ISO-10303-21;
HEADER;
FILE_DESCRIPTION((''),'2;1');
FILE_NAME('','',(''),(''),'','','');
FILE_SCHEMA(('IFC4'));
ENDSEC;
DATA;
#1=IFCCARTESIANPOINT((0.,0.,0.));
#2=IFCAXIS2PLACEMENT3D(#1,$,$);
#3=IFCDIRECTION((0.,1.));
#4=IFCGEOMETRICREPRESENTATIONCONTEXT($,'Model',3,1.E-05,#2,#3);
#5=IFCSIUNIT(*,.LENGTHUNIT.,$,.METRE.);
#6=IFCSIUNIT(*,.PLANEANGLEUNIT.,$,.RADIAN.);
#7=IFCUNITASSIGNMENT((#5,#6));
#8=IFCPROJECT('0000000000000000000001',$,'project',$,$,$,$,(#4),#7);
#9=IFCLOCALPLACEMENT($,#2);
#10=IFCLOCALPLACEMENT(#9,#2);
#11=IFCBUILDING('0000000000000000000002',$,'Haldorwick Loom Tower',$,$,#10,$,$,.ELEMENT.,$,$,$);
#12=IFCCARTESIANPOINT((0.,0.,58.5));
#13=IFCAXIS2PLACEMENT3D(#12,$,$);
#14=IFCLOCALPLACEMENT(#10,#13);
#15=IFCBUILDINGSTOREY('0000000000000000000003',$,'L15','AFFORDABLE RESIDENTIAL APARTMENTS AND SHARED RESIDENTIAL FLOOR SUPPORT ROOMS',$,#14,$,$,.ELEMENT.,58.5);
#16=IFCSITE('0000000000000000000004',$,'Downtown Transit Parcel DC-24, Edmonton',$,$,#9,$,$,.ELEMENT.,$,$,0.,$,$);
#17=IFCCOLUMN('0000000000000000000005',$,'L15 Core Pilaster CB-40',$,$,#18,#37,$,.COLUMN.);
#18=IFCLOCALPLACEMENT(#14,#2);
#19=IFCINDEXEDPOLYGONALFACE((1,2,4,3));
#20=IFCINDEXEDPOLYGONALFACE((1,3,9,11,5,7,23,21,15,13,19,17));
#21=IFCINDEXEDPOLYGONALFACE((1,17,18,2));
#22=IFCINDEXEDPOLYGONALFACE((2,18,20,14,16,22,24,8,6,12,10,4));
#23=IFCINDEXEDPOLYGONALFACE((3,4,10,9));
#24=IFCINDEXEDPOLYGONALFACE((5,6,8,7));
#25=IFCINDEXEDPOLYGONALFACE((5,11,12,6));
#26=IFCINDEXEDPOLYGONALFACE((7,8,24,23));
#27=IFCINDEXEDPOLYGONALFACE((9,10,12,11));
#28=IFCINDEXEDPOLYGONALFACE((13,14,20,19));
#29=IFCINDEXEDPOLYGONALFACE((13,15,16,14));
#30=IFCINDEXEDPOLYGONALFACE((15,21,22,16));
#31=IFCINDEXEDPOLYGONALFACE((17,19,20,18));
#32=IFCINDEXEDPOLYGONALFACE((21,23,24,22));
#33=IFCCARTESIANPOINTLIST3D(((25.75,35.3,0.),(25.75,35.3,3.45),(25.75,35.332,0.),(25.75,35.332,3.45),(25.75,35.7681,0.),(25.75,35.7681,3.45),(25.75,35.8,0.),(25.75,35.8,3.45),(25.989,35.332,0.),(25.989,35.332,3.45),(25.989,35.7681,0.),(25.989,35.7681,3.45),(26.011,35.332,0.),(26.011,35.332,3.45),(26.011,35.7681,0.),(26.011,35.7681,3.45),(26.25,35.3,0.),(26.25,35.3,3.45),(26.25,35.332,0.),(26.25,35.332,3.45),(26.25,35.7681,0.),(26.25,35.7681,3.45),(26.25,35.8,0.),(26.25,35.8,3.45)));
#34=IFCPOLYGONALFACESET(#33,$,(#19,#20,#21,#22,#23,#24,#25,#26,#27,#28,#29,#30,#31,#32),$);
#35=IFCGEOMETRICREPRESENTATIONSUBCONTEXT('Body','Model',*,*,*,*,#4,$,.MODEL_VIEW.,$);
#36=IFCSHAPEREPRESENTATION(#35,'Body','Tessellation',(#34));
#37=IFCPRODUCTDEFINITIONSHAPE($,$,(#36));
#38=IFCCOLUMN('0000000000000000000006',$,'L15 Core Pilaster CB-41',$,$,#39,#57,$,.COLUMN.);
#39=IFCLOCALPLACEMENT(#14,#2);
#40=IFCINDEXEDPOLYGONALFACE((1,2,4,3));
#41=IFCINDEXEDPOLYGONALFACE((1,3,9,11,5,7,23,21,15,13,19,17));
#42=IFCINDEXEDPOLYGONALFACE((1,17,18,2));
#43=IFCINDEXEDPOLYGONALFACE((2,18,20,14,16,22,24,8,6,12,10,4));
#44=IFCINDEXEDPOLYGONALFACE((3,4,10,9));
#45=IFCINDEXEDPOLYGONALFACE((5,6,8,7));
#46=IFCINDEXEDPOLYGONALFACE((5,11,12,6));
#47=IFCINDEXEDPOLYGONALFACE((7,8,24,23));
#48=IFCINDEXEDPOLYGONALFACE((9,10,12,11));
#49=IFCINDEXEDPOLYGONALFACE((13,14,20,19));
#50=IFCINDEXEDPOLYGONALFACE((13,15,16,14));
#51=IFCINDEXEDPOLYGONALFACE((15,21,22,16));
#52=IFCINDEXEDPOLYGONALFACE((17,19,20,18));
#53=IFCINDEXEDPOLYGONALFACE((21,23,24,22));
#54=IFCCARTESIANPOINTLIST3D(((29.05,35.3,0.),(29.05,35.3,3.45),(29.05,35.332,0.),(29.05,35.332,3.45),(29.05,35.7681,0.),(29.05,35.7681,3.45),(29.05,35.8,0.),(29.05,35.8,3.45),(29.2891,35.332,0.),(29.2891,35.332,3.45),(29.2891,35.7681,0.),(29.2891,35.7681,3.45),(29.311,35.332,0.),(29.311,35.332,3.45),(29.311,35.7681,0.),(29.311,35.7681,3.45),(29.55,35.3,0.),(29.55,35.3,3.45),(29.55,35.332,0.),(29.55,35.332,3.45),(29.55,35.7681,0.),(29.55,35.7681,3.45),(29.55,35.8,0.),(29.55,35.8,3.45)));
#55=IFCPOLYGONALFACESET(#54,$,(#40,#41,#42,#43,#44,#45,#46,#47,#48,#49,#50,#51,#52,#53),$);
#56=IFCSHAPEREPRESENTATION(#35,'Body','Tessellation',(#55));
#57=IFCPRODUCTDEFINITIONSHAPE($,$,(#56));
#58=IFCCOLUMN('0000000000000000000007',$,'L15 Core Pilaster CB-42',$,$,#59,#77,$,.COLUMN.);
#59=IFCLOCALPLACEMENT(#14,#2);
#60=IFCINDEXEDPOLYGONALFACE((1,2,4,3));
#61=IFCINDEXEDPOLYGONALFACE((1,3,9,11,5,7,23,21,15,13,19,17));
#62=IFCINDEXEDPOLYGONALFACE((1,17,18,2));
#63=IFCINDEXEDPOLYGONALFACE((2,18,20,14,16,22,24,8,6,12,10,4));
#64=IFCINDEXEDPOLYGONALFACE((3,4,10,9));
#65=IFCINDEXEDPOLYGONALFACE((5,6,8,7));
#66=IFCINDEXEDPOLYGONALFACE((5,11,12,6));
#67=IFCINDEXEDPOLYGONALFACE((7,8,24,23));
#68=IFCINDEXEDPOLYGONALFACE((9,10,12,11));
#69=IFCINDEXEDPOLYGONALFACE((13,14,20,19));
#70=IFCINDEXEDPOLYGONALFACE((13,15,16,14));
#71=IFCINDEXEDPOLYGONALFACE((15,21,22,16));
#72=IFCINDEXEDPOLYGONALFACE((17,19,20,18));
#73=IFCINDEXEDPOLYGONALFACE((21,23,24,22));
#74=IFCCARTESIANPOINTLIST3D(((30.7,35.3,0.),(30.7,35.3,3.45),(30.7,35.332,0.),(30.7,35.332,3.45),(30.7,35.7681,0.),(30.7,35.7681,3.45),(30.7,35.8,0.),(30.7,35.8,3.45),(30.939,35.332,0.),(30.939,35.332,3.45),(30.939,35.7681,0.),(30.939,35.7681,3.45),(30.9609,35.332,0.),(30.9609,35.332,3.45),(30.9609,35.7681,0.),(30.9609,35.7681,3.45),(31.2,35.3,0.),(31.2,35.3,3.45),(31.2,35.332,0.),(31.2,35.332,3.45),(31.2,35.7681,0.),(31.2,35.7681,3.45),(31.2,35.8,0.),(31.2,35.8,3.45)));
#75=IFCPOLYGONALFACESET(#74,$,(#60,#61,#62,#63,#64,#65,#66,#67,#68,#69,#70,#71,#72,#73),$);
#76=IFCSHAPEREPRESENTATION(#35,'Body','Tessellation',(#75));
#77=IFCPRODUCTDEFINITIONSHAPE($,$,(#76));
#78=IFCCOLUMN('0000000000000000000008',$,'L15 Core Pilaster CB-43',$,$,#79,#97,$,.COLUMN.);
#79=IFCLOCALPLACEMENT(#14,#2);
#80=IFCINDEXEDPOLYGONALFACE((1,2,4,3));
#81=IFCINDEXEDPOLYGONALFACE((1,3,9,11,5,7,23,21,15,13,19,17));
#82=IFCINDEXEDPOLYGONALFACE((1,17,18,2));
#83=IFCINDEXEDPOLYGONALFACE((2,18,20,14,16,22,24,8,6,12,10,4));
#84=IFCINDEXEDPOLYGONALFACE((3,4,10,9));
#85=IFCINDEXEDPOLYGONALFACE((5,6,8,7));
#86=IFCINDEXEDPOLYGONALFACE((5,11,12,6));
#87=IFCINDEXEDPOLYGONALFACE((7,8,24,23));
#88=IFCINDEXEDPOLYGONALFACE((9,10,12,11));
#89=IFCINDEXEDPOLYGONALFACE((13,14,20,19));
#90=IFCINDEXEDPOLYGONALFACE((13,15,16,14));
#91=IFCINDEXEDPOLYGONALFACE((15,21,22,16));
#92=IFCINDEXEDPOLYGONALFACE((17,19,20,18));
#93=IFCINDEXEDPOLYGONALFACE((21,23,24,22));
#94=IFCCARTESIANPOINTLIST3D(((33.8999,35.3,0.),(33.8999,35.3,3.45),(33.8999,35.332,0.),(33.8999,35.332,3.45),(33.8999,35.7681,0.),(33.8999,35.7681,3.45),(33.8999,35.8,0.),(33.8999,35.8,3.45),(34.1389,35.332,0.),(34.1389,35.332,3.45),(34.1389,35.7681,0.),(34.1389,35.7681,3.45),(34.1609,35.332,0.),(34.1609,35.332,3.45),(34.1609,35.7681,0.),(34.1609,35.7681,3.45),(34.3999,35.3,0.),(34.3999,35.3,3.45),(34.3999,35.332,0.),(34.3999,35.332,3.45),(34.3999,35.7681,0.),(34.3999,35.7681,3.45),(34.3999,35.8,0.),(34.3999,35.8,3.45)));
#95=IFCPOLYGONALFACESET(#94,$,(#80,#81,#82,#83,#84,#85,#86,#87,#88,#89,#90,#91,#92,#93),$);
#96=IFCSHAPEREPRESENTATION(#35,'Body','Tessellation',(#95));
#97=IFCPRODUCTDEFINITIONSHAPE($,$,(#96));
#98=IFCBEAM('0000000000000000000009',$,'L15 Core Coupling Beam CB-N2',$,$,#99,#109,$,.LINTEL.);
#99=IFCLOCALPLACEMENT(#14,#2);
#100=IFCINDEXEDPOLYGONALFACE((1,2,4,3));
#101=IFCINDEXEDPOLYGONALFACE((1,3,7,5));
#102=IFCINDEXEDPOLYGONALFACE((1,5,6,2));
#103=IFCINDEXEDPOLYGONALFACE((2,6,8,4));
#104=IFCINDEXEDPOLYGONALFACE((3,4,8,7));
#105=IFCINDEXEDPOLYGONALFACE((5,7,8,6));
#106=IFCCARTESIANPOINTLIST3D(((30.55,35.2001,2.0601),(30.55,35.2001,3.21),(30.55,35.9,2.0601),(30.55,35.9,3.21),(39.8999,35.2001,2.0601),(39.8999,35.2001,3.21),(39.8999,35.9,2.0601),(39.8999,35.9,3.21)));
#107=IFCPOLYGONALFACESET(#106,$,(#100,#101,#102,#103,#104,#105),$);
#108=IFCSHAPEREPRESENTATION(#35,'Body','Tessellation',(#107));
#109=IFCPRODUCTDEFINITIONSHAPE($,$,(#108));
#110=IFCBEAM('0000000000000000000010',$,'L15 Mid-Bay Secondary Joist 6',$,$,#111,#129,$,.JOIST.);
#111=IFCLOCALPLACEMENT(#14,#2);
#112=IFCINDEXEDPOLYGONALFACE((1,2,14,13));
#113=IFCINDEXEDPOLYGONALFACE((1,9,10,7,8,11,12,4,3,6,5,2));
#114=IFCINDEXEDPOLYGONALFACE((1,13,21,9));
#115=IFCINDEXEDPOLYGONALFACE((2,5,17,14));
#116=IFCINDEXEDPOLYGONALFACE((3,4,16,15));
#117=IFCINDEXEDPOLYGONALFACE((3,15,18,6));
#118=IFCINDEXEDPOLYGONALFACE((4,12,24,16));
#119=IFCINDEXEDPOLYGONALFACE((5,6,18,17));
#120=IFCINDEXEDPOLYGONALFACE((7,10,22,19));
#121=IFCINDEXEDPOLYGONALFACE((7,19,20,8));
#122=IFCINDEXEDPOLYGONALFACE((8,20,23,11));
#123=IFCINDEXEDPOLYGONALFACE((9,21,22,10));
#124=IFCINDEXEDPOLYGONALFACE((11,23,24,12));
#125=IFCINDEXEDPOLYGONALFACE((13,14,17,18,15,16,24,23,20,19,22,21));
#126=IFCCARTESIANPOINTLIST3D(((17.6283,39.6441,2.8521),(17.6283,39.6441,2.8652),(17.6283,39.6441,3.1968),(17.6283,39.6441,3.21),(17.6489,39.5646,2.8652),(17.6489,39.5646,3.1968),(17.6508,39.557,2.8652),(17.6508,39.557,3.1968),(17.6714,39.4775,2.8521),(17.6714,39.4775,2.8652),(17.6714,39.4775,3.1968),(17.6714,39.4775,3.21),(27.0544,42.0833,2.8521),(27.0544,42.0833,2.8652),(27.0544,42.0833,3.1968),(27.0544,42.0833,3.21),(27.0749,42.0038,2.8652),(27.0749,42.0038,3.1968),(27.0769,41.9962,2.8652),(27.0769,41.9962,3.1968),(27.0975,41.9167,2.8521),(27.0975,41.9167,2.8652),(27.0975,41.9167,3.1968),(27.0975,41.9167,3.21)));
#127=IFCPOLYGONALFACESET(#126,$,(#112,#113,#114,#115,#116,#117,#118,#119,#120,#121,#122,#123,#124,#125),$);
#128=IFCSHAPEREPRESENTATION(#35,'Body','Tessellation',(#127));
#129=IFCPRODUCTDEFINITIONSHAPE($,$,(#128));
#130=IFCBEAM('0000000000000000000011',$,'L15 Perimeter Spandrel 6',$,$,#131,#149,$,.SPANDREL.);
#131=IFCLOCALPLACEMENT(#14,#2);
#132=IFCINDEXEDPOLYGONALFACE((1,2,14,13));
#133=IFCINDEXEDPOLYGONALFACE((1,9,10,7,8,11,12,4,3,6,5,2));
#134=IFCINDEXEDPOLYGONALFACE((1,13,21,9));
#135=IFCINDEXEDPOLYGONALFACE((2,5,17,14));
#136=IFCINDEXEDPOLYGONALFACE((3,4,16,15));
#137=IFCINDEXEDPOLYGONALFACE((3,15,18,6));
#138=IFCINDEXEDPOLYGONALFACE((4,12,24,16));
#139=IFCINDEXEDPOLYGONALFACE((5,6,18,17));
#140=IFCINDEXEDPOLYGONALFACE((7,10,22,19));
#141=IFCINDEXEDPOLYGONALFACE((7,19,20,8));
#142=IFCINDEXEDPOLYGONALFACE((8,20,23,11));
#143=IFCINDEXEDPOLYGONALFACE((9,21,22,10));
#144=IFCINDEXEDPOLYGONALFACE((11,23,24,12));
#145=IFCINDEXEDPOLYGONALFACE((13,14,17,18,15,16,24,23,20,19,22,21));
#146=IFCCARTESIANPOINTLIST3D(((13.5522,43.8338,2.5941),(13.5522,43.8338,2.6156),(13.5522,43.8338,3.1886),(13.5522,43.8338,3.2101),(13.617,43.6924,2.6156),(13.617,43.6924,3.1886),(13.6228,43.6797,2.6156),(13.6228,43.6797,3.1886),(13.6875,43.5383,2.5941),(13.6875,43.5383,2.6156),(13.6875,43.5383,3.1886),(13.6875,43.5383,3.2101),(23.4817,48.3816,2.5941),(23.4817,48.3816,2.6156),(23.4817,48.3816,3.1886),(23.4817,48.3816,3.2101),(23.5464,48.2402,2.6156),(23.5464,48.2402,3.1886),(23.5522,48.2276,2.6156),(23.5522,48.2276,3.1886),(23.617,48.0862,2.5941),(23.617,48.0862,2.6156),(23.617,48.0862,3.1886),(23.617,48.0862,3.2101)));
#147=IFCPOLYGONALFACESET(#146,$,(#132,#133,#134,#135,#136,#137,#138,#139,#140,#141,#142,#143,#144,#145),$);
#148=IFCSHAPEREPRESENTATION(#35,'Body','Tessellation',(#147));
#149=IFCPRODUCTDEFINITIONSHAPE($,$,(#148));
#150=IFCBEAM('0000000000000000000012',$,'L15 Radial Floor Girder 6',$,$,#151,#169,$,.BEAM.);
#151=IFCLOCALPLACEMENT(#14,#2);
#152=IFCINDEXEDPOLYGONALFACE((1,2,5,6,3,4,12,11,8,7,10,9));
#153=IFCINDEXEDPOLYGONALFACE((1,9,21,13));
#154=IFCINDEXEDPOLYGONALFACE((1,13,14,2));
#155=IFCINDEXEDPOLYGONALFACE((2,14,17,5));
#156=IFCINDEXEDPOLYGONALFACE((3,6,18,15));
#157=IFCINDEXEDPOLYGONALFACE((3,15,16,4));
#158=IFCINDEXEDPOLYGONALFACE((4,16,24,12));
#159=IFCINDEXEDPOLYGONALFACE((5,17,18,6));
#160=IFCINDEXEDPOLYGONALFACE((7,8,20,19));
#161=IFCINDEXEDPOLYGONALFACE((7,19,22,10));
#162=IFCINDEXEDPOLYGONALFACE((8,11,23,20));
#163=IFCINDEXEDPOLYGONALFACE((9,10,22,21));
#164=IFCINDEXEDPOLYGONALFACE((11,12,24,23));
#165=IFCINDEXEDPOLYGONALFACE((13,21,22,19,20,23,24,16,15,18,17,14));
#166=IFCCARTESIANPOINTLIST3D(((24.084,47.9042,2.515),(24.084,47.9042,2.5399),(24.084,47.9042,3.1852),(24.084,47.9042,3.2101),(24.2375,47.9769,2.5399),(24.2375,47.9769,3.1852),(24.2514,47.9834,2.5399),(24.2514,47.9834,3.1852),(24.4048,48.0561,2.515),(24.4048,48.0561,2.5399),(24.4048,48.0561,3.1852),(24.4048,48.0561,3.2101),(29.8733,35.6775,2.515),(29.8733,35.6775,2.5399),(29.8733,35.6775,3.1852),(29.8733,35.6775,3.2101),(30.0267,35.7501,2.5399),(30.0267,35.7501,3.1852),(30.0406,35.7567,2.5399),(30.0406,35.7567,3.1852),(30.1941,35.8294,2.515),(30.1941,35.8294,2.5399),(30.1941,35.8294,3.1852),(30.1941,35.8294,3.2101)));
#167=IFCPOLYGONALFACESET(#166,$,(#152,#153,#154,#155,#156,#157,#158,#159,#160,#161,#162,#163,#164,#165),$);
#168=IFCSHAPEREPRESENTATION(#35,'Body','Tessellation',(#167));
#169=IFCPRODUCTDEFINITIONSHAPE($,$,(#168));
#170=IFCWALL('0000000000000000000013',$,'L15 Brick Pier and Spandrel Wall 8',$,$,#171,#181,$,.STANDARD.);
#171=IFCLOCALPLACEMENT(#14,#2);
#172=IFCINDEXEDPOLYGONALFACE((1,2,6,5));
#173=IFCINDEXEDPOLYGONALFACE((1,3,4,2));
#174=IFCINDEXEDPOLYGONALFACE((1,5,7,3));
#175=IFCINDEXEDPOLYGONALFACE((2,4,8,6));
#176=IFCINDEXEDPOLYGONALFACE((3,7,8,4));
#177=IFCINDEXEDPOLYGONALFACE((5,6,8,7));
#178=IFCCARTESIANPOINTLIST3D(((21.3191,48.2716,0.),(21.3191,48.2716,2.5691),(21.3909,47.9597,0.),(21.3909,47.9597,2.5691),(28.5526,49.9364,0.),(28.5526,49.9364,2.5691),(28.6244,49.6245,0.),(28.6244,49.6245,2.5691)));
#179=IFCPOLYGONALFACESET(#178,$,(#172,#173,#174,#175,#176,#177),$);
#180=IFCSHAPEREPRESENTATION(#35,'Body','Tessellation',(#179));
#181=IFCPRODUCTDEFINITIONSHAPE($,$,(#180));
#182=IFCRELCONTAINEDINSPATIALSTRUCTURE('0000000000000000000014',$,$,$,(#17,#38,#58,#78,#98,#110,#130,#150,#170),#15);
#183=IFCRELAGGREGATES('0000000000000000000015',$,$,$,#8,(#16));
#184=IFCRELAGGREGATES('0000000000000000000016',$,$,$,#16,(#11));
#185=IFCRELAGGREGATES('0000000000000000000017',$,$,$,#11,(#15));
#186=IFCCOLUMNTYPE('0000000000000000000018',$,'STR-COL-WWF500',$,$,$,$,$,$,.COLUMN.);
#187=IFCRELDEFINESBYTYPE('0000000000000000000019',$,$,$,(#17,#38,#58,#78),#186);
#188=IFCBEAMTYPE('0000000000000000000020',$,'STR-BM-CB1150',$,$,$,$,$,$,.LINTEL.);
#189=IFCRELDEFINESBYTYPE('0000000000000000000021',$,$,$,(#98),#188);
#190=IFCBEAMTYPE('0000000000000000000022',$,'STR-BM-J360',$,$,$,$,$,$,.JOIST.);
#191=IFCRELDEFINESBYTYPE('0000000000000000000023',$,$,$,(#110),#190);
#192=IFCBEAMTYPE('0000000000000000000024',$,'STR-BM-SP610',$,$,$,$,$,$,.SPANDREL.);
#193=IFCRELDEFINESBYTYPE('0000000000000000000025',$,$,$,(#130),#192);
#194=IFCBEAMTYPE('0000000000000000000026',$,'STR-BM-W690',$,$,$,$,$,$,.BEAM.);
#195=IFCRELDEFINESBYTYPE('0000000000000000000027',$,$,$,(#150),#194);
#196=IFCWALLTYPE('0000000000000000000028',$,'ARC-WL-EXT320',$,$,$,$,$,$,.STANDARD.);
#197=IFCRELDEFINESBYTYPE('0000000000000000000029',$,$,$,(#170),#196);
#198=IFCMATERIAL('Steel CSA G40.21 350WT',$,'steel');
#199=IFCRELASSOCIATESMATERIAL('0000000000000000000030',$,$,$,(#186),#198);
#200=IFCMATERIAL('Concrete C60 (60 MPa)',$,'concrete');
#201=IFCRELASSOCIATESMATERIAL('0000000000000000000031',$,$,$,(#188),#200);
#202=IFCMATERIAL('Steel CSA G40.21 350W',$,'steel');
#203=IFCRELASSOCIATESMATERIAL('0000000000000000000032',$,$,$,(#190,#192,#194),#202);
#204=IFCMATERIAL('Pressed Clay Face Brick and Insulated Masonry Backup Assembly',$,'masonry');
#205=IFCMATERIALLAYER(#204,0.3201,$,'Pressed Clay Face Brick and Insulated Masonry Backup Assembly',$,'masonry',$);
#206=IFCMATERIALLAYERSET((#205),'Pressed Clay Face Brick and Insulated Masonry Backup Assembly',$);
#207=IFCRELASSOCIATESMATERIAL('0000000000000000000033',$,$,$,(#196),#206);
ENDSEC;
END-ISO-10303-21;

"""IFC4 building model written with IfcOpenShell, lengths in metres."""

from ifc_helpers import new_model, si_unit, direction, frame, frame_2d, origin, origin_2d, place, context, subcontext, project, spatial, rectangle, i_section, extrude, material, layer, layer_set, material_profile, profile_set, type_object, element, save


model = new_model("IFC4")

# Units and contexts
model_context = context("Model", 3, precision=1e-05, world=origin(), true_north=direction((0.0, 1.0)))
body_context = subcontext(model_context, "Body", "Model", "MODEL_VIEW")
ifc_project = project(units=[si_unit("LENGTHUNIT", "METRE"), si_unit("PLANEANGLEUNIT", "RADIAN")], contexts=[model_context])

# Site, building, storey
site_placement = place(None, origin())
site = spatial("IfcSite", under=ifc_project, at=site_placement, Name="Downtown Transit Parcel DC-24, Edmonton", CompositionType="ELEMENT", RefElevation=0.0)
building_placement = place(site_placement, origin())
building = spatial("IfcBuilding", under=site, at=building_placement, Name="Haldorwick Loom Tower", CompositionType="ELEMENT")
storey_placement = place(building_placement, frame((0.0, 0.0, 58.5)))
storey = spatial("IfcBuildingStorey", under=building, at=storey_placement, Name="L15", Description="AFFORDABLE RESIDENTIAL APARTMENTS AND SHARED RESIDENTIAL FLOOR SUPPORT ROOMS", CompositionType="ELEMENT", Elevation=58.5)

# Columns
ifc_material_1 = material(Name="Concrete C60 (60 MPa)", Category="concrete")
ifc_material_2 = material(Name="Steel CSA G40.21 350WT", Category="steel")
ifc_material_profile_1 = material_profile(ifc_material_2, i_section(OverallWidth=0.5, OverallDepth=0.5, WebThickness=0.022, FlangeThickness=0.032, at=origin_2d()), Name="WWF500X500", Category="steel")
ifc_profile_set_1 = profile_set([ifc_material_profile_1], Name="Steel CSA G40.21 350WT")
column_type_1 = type_object("IfcColumnType", Name="STR-COL-WWF500", PredefinedType="COLUMN", material=ifc_profile_set_1)
for number, where, z_axis, x_axis, name in (
    (1, (26.0, 35.55, 0.0), (0.0, 0.0, 1.0), (1.0, 0.0, 0.0), "L15 Core Pilaster CB-40"),
    (2, (29.3, 35.55, 0.0), (0.0, 0.0, 1.0), (1.0, 0.0, 0.0), "L15 Core Pilaster CB-41"),
    (3, (30.95, 35.55, 0.0), (0.0, 0.0, 1.0), (1.0, 0.0, 0.0), "L15 Core Pilaster CB-42"),
    (4, (34.1499, 35.55, 0.0), (0.0, 0.0, 1.0), (1.0, 0.0, 0.0), "L15 Core Pilaster CB-43"),
):
    element("IfcColumn", number, at=place(storey_placement, frame(where, z_axis=z_axis, x_axis=x_axis)), inside=storey, type_object=column_type_1, Name=name, PredefinedType="COLUMN", context=body_context, shape_type="SweptSolid", body=[
        extrude(i_section(OverallWidth=0.5, OverallDepth=0.5, WebThickness=0.022, FlangeThickness=0.032, at=origin_2d()), origin(), (0.0, 0.0, 1.0), 3.45),
    ])

# Beams
ifc_material_profile_2 = material_profile(ifc_material_1, rectangle(XDim=0.7, YDim=1.1499, at=origin_2d()), Name="RC700X1150", Category="concrete")
ifc_profile_set_2 = profile_set([ifc_material_profile_2], Name="Concrete C60 (60 MPa)")
beam_type_1 = type_object("IfcBeamType", Name="STR-BM-CB1150", PredefinedType="LINTEL", material=ifc_profile_set_2)
beam_1_placement = place(storey_placement, frame((30.55, 35.55, 2.635), z_axis=(1.0, 0.0, 0.0), x_axis=(0.0, 1.0, 0.0)))
element("IfcBeam", 5, at=beam_1_placement, inside=storey, type_object=beam_type_1, Name="L15 Core Coupling Beam CB-N2", PredefinedType="LINTEL", context=body_context, shape_type="SweptSolid", body=[
    extrude(rectangle(XDim=0.7, YDim=1.1499, at=origin_2d()), origin(), (0.0, 0.0, 1.0), 9.3499),
])
ifc_material_3 = material(Name="Steel CSA G40.21 350W", Category="steel")
ifc_material_profile_3 = material_profile(ifc_material_3, i_section(OverallWidth=0.1721, OverallDepth=0.3579, WebThickness=0.0078, FlangeThickness=0.0132, at=origin_2d()), Name="W360X57", Category="steel")
ifc_profile_set_3 = profile_set([ifc_material_profile_3], Name="Steel CSA G40.21 350W")
beam_type_2 = type_object("IfcBeamType", Name="STR-BM-J360", PredefinedType="JOIST", material=ifc_profile_set_3)
beam_2_placement = place(storey_placement, frame((27.0759, 42.0, 3.031), z_axis=(-0.968111, -0.250522, 0.0), x_axis=(0.250522, -0.968111, 0.0)))
element("IfcBeam", 6, at=beam_2_placement, inside=storey, type_object=beam_type_2, Name="L15 Mid-Bay Secondary Joist 6", PredefinedType="JOIST", context=body_context, shape_type="SweptSolid", body=[
    extrude(i_section(OverallWidth=0.1721, OverallDepth=0.3579, WebThickness=0.0078, FlangeThickness=0.0132, at=origin_2d()), origin(), (0.0, 0.0, 1.0), 9.7366),
])
ifc_material_profile_4 = material_profile(ifc_material_3, i_section(OverallWidth=0.325, OverallDepth=0.616, WebThickness=0.0139, FlangeThickness=0.0215, at=origin_2d()), Name="W610X174", Category="steel")
ifc_profile_set_4 = profile_set([ifc_material_profile_4], Name="Steel CSA G40.21 350W")
beam_type_3 = type_object("IfcBeamType", Name="STR-BM-SP610", PredefinedType="SPANDREL", material=ifc_profile_set_4)
beam_3_placement = place(storey_placement, frame((23.5493, 48.2339, 2.9021), z_axis=(-0.909174, -0.416417, 0.0), x_axis=(0.416417, -0.909174, 0.0)))
element("IfcBeam", 7, at=beam_3_placement, inside=storey, type_object=beam_type_3, Name="L15 Perimeter Spandrel 6", PredefinedType="SPANDREL", context=body_context, shape_type="SweptSolid", body=[
    extrude(i_section(OverallWidth=0.325, OverallDepth=0.616, WebThickness=0.0139, FlangeThickness=0.0215, at=origin_2d()), origin(), (0.0, 0.0, 1.0), 10.9214),
])
ifc_material_profile_5 = material_profile(ifc_material_3, i_section(OverallWidth=0.355, OverallDepth=0.6951, WebThickness=0.0154, FlangeThickness=0.0249, at=origin_2d()), Name="W690X217", Category="steel")
ifc_profile_set_5 = profile_set([ifc_material_profile_5], Name="Steel CSA G40.21 350W")
beam_type_4 = type_object("IfcBeamType", Name="STR-BM-W690", PredefinedType="BEAM", material=ifc_profile_set_5)
beam_4_placement = place(storey_placement, frame((30.0337, 35.7534, 2.8625), z_axis=(-0.427945, 0.903805, 0.0), x_axis=(-0.903805, -0.427945, 0.0)))
element("IfcBeam", 8, at=beam_4_placement, inside=storey, type_object=beam_type_4, Name="L15 Radial Floor Girder 6", PredefinedType="BEAM", context=body_context, shape_type="SweptSolid", body=[
    extrude(i_section(OverallWidth=0.355, OverallDepth=0.6951, WebThickness=0.0154, FlangeThickness=0.0249, at=origin_2d()), origin(), (0.0, 0.0, 1.0), 13.5281),
])

# Wall
ifc_material_4 = material(Name="Pressed Clay Face Brick and Insulated Masonry Backup Assembly", Category="masonry")
ifc_layer_1 = layer(ifc_material_4, 0.3201, Name="Pressed Clay Face Brick and Insulated Masonry Backup Assembly", Category="masonry")
ifc_layer_set_1 = layer_set([ifc_layer_1], Name="Pressed Clay Face Brick and Insulated Masonry Backup Assembly")
wall_type_1 = type_object("IfcWallType", Name="ARC-WL-EXT320", PredefinedType="STANDARD", material=ifc_layer_set_1)
wall_1_placement = place(storey_placement, frame((28.5886, 49.7805, 0.0), z_axis=(0.0, 0.0, 1.0), x_axis=(-0.974522, -0.22429, 0.0)))
element("IfcWall", 9, at=wall_1_placement, inside=storey, type_object=wall_type_1, Name="L15 Brick Pier and Spandrel Wall 8", PredefinedType="STANDARD", context=body_context, shape_type="SweptSolid", body=[
    extrude(rectangle(XDim=7.4226, YDim=0.3201, at=frame_2d((3.7114, 0.0))), origin(), (0.0, 0.0, 1.0), 2.5691),
])

save(model, "model.ifc")
